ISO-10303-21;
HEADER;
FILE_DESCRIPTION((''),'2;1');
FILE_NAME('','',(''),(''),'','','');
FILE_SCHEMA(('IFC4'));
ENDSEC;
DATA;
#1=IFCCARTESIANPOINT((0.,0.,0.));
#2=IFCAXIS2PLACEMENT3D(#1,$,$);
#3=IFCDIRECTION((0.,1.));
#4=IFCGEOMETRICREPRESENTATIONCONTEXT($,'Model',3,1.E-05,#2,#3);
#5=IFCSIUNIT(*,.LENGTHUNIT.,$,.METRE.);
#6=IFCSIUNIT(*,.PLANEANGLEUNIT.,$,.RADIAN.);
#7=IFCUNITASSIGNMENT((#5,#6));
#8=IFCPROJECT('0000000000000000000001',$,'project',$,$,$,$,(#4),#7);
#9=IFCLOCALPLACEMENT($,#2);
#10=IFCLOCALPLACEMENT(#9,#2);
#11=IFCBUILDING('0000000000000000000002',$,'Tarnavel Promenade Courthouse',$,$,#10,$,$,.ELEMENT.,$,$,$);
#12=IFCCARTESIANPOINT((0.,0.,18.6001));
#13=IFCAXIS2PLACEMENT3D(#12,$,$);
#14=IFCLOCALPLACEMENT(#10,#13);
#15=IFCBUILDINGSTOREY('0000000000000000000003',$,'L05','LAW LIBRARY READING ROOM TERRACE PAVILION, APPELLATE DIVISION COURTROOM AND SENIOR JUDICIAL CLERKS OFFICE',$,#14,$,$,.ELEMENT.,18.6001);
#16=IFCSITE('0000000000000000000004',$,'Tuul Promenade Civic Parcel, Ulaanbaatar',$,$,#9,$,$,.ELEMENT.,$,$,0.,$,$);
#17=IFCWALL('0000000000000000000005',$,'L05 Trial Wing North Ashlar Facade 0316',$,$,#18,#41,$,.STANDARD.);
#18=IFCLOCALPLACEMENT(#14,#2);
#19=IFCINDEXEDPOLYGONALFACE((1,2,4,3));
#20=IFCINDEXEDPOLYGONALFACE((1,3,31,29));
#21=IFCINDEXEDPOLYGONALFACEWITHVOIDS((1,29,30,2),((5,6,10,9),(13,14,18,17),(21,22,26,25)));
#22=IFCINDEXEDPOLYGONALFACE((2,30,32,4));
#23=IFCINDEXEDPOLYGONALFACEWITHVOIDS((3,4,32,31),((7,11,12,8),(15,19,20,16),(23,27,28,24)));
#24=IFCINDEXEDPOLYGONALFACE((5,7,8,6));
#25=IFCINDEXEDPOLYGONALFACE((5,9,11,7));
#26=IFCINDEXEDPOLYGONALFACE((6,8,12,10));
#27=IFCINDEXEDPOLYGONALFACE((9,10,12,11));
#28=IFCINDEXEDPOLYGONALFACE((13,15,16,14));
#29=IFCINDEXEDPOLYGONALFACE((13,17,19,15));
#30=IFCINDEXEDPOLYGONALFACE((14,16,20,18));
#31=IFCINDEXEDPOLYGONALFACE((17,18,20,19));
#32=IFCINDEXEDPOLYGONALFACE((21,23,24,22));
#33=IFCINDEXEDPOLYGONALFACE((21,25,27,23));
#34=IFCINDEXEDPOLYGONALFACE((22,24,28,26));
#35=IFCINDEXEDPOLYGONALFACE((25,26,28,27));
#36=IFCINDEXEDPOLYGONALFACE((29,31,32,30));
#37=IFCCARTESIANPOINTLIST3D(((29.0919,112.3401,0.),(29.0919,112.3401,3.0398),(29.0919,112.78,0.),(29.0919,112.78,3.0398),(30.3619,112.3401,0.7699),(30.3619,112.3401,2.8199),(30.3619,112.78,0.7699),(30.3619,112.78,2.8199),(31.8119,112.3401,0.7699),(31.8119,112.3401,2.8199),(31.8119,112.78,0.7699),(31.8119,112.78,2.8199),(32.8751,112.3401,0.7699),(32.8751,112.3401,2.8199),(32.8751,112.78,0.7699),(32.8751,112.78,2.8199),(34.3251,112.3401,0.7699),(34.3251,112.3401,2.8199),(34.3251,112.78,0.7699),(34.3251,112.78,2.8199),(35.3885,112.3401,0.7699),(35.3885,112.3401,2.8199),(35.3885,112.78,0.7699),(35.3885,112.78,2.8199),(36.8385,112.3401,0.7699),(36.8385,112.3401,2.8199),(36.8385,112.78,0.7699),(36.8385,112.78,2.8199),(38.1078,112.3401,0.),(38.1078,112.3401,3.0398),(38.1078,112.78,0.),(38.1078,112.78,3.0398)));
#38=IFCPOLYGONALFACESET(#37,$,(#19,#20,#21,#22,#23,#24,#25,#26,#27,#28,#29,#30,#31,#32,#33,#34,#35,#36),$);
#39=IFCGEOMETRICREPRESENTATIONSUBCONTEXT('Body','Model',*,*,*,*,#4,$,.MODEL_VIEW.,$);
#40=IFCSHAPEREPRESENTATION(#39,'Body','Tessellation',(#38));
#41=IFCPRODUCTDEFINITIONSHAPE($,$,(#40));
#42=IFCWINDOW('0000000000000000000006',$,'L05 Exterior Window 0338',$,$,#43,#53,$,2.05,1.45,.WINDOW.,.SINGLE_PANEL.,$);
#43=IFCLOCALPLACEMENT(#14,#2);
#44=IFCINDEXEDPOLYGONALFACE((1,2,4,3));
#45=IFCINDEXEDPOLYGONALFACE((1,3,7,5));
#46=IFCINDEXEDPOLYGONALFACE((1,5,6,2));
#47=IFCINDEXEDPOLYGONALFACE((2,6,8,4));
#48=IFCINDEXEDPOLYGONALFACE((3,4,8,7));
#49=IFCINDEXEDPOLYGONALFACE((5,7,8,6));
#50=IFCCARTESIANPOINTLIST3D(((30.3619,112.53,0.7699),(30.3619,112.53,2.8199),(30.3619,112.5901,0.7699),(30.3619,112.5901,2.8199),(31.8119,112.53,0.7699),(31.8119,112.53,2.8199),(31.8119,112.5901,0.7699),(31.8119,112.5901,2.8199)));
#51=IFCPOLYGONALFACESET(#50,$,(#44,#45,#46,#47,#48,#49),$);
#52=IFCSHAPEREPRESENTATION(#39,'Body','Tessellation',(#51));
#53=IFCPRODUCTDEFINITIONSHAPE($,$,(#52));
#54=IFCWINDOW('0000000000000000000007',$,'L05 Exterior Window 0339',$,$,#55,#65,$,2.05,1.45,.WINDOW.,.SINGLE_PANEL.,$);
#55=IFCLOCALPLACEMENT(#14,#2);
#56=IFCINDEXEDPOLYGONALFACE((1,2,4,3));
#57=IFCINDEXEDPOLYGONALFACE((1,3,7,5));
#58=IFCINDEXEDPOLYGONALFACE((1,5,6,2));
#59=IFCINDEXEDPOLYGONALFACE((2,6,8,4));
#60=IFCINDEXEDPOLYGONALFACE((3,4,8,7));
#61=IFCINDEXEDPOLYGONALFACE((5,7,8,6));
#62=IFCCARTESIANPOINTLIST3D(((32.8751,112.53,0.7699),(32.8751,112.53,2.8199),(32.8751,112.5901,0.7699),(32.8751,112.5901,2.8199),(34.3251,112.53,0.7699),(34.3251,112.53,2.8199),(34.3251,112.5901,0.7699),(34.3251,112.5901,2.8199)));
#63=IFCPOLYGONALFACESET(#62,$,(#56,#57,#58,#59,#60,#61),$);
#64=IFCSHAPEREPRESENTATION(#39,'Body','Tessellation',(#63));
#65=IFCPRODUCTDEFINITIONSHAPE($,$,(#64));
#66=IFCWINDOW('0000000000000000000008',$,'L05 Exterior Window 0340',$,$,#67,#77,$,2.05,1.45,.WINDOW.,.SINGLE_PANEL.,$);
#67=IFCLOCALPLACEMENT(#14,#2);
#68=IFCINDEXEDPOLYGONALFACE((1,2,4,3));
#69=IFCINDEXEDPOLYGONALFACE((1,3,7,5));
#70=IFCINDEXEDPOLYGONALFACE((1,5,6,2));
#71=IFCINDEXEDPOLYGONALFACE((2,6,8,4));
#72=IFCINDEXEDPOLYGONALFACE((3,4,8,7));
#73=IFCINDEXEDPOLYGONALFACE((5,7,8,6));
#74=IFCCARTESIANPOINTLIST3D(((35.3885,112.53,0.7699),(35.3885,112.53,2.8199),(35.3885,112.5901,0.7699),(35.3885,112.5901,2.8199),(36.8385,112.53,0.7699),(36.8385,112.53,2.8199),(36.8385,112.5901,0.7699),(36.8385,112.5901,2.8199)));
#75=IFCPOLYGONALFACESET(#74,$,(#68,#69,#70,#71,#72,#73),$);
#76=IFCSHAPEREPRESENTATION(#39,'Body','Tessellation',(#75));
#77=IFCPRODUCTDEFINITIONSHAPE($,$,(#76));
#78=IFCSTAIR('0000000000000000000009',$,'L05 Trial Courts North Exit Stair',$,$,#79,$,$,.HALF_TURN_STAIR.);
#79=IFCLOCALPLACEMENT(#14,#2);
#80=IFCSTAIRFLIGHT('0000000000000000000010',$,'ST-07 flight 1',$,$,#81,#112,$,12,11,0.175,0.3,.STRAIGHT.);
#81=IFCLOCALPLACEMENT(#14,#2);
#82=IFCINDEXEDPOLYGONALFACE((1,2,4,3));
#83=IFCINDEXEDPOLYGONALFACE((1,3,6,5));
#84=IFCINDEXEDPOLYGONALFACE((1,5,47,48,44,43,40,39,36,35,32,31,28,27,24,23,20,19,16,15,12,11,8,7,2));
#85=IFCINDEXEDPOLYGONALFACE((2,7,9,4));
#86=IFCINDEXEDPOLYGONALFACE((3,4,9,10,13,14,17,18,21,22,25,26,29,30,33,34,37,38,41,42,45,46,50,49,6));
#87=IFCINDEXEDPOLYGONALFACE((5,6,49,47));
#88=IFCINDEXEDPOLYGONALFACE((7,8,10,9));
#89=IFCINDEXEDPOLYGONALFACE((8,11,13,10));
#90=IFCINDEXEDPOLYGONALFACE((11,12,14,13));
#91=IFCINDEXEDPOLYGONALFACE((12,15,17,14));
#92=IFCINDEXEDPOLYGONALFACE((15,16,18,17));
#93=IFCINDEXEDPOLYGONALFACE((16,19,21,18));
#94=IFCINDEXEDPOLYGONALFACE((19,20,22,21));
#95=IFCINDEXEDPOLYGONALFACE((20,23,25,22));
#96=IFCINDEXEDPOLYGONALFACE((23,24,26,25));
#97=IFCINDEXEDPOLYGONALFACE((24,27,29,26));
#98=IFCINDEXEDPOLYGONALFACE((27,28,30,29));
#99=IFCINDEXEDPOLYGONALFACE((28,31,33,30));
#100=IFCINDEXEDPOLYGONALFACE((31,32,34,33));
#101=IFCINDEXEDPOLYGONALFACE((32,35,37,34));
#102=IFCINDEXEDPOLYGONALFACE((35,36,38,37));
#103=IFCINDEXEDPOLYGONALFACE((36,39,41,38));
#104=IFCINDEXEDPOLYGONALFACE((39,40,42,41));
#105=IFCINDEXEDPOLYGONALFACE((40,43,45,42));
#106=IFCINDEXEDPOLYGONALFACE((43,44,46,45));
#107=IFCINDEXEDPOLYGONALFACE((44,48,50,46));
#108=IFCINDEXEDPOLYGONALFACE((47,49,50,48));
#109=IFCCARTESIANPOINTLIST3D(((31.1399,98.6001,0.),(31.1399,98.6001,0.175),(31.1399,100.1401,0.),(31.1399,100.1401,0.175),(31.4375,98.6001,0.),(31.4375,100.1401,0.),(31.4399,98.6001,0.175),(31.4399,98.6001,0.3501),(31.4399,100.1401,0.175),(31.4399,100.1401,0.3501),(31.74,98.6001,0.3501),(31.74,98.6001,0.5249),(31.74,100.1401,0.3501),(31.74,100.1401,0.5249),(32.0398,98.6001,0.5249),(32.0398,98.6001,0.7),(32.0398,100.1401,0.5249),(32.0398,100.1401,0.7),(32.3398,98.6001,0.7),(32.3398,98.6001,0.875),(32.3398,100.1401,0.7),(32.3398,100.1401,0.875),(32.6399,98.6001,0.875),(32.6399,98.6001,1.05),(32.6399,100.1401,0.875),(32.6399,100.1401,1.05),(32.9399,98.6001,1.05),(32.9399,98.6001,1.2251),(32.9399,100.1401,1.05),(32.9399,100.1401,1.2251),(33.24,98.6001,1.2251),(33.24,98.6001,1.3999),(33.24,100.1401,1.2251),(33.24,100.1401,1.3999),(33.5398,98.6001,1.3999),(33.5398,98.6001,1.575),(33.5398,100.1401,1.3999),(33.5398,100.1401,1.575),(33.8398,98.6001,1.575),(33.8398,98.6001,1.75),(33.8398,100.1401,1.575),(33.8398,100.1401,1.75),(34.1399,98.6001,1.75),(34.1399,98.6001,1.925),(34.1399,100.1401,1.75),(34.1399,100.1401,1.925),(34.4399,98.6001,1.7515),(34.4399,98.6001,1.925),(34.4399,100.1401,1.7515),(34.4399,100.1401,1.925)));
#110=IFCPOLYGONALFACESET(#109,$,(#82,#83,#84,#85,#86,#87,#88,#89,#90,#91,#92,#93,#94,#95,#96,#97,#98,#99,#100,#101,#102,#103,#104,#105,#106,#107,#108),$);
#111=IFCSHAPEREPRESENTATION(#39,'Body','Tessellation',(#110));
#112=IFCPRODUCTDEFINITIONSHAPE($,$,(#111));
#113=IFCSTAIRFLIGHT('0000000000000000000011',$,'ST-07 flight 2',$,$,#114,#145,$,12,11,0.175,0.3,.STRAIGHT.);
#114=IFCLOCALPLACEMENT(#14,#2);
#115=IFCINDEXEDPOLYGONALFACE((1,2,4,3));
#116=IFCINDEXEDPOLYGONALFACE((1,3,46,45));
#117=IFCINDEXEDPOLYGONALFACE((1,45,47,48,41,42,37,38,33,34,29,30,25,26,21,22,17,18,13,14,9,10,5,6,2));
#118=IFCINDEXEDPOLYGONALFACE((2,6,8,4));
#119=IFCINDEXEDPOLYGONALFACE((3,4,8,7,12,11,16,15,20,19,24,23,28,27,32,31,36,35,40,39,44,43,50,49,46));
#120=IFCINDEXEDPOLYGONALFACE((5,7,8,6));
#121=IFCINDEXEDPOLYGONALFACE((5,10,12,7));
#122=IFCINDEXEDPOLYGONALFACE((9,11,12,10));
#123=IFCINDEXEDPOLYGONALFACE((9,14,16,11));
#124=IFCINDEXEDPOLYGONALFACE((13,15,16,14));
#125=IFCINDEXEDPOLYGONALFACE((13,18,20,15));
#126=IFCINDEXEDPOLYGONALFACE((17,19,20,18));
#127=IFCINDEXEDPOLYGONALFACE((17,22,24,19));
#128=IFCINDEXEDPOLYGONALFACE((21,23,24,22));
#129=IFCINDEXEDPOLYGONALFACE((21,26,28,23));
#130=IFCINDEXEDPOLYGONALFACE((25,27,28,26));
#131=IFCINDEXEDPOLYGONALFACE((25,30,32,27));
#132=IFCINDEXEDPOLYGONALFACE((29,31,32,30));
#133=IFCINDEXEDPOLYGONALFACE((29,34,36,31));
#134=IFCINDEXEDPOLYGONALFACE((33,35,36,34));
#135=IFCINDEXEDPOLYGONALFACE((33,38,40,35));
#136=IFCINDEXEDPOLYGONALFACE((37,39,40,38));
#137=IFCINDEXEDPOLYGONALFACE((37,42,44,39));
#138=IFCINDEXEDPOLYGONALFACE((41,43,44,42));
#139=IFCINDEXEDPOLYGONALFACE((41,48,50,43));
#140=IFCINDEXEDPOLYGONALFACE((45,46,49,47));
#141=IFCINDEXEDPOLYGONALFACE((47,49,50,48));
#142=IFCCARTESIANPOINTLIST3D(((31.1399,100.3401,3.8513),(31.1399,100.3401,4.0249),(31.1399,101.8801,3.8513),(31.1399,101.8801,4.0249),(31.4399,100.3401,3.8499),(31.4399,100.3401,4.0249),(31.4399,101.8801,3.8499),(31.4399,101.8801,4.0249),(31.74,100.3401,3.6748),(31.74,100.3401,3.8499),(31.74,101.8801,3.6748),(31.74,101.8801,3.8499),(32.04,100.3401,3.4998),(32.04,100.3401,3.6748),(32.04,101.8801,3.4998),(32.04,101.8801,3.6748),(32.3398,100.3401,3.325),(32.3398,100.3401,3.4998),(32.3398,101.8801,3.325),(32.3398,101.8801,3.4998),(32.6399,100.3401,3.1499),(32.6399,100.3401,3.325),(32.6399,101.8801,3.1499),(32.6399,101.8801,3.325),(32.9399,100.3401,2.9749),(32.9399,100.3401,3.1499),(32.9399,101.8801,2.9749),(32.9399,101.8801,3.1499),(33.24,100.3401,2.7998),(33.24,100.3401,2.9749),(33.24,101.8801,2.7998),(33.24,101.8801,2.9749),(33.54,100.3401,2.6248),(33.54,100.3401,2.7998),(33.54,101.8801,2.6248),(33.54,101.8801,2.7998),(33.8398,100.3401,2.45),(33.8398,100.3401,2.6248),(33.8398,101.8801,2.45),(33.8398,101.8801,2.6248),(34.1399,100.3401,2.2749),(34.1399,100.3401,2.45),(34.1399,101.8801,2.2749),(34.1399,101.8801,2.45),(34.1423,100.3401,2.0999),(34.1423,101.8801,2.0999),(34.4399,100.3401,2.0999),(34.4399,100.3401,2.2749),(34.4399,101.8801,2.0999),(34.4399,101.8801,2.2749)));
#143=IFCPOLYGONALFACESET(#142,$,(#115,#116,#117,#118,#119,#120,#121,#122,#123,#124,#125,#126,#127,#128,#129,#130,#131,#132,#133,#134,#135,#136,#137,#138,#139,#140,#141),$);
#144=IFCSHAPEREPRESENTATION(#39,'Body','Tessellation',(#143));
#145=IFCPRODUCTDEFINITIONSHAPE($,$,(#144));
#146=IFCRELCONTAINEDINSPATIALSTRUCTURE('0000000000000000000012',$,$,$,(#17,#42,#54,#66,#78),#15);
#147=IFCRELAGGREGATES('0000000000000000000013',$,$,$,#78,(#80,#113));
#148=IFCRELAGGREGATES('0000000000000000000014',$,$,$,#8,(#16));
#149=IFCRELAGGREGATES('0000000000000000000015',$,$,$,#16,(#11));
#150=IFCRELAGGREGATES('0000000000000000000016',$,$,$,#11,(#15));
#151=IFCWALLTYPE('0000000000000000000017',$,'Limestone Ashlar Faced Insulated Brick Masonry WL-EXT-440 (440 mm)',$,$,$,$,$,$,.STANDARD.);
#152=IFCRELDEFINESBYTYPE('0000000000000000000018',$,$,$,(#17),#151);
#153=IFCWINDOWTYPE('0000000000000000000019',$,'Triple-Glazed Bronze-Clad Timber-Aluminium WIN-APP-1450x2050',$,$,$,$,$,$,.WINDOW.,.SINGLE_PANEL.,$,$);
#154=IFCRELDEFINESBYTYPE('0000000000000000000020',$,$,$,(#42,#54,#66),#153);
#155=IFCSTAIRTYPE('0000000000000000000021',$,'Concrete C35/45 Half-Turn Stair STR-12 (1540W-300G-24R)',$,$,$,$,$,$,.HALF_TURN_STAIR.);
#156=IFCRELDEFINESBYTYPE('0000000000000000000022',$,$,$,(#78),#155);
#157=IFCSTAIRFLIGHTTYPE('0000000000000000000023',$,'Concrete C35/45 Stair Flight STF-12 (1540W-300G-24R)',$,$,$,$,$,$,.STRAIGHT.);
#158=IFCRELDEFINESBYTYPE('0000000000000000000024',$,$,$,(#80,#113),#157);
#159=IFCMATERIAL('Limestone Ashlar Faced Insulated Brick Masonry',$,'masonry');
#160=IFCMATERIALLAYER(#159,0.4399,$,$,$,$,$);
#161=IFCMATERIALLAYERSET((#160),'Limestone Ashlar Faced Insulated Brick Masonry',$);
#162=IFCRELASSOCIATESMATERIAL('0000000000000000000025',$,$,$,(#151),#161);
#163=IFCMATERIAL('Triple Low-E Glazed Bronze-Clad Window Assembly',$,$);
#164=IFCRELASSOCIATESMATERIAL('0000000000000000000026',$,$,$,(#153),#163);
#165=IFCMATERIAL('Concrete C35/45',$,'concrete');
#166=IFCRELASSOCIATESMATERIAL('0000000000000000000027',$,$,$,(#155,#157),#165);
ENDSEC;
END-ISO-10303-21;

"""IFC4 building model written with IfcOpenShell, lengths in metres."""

from ifc_helpers import new_model, si_unit, direction, frame, frame_2d, origin, place, context, subcontext, project, spatial, polyline, rectangle, outline, extrude, material, layer, layer_set, type_object, element, fill, aggregate, save


model = new_model("IFC4")

# Units and contexts
model_context = context("Model", 3, precision=1e-05, world=origin(), true_north=direction((0.0, 1.0)))
body_context = subcontext(model_context, "Body", "Model", "MODEL_VIEW")
ifc_project = project(units=[si_unit("LENGTHUNIT", "METRE"), si_unit("PLANEANGLEUNIT", "RADIAN")], contexts=[model_context])

# Site, building, storey
site_placement = place(None, origin())
site = spatial("IfcSite", under=ifc_project, at=site_placement, Name="Tuul Promenade Civic Parcel, Ulaanbaatar", CompositionType="ELEMENT", RefElevation=0.0)
building_placement = place(site_placement, origin())
building = spatial("IfcBuilding", under=site, at=building_placement, Name="Tarnavel Promenade Courthouse", CompositionType="ELEMENT")
storey_placement = place(building_placement, frame((0.0, 0.0, 18.6001)))
storey = spatial("IfcBuildingStorey", under=building, at=storey_placement, Name="L05", Description="LAW LIBRARY READING ROOM TERRACE PAVILION, APPELLATE DIVISION COURTROOM AND SENIOR JUDICIAL CLERKS OFFICE", CompositionType="ELEMENT", Elevation=18.6001)

# Wall, openings, windows
ifc_material_1 = material(Name="Limestone Ashlar Faced Insulated Brick Masonry", Category="masonry")
ifc_layer_1 = layer(ifc_material_1, 0.4399)
ifc_layer_set_1 = layer_set([ifc_layer_1], Name="Limestone Ashlar Faced Insulated Brick Masonry")
wall_type_1 = type_object("IfcWallType", Name="Limestone Ashlar Faced Insulated Brick Masonry WL-EXT-440 (440 mm)", PredefinedType="STANDARD", material=ifc_layer_set_1)
ifc_material_2 = material(Name="Triple Low-E Glazed Bronze-Clad Window Assembly")
window_type = type_object("IfcWindowType", Name="Triple-Glazed Bronze-Clad Timber-Aluminium WIN-APP-1450x2050", PartitioningType="SINGLE_PANEL", PredefinedType="WINDOW", material=ifc_material_2)
wall_1_placement = place(storey_placement, frame((29.092, 112.5601, 0.0), z_axis=(0.0, 0.0, 1.0), x_axis=(1.0, 0.0, 0.0)))
wall_1 = element("IfcWall", 1, at=wall_1_placement, inside=storey, type_object=wall_type_1, Name="L05 Trial Wing North Ashlar Facade 0316", PredefinedType="STANDARD", context=body_context, shape_type="SweptSolid", body=[
    extrude(rectangle(XDim=9.0159, YDim=0.4399, at=frame_2d((4.5078, 0.0))), origin(), (0.0, 0.0, 1.0), 3.0398),
])
opening_1_placement = place(wall_1_placement, frame((1.2698, 0.0, 0.77)))
opening_1 = element("IfcOpeningElement", 2, at=opening_1_placement, cuts=wall_1, PredefinedType="OPENING", context=body_context, shape_type="SweptSolid", body=[
    extrude(rectangle(XDim=1.45, YDim=2.05, at=frame_2d((0.7251, 1.0249))), frame((0.0, 0.23, 0.0), z_axis=(0.0, -1.0, 0.0), x_axis=(1.0, 0.0, 0.0)), (0.0, 0.0, 1.0), 0.46),
])
opening_2_placement = place(wall_1_placement, frame((3.783, 0.0, 0.77)))
opening_2 = element("IfcOpeningElement", 3, at=opening_2_placement, cuts=wall_1, PredefinedType="OPENING", context=body_context, shape_type="SweptSolid", body=[
    extrude(rectangle(XDim=1.45, YDim=2.05, at=frame_2d((0.7251, 1.0249))), frame((0.0, 0.23, 0.0), z_axis=(0.0, -1.0, 0.0), x_axis=(1.0, 0.0, 0.0)), (0.0, 0.0, 1.0), 0.46),
])
opening_3_placement = place(wall_1_placement, frame((6.2964, 0.0, 0.77)))
opening_3 = element("IfcOpeningElement", 4, at=opening_3_placement, cuts=wall_1, PredefinedType="OPENING", context=body_context, shape_type="SweptSolid", body=[
    extrude(rectangle(XDim=1.45, YDim=2.05, at=frame_2d((0.7251, 1.0249))), frame((0.0, 0.23, 0.0), z_axis=(0.0, -1.0, 0.0), x_axis=(1.0, 0.0, 0.0)), (0.0, 0.0, 1.0), 0.46),
])
window_1_placement = place(opening_1_placement, origin())
window_1 = element("IfcWindow", 5, at=window_1_placement, inside=storey, type_object=window_type, Name="L05 Exterior Window 0338", OverallHeight=2.05, OverallWidth=1.45, PartitioningType="SINGLE_PANEL", PredefinedType="WINDOW", context=body_context, shape_type="SweptSolid", body=[
    extrude(rectangle(XDim=1.45, YDim=2.05, at=frame_2d((0.7251, 1.0249))), frame((0.0, 0.03, 0.0), z_axis=(0.0, -1.0, 0.0), x_axis=(1.0, 0.0, 0.0)), (0.0, 0.0, 1.0), 0.0601),
])
fill(opening_1, window_1)
window_2_placement = place(opening_2_placement, origin())
window_2 = element("IfcWindow", 6, at=window_2_placement, inside=storey, type_object=window_type, Name="L05 Exterior Window 0339", OverallHeight=2.05, OverallWidth=1.45, PartitioningType="SINGLE_PANEL", PredefinedType="WINDOW", context=body_context, shape_type="SweptSolid", body=[
    extrude(rectangle(XDim=1.45, YDim=2.05, at=frame_2d((0.7251, 1.0249))), frame((0.0, 0.03, 0.0), z_axis=(0.0, -1.0, 0.0), x_axis=(1.0, 0.0, 0.0)), (0.0, 0.0, 1.0), 0.0601),
])
fill(opening_2, window_2)
window_3_placement = place(opening_3_placement, origin())
window_3 = element("IfcWindow", 7, at=window_3_placement, inside=storey, type_object=window_type, Name="L05 Exterior Window 0340", OverallHeight=2.05, OverallWidth=1.45, PartitioningType="SINGLE_PANEL", PredefinedType="WINDOW", context=body_context, shape_type="SweptSolid", body=[
    extrude(rectangle(XDim=1.45, YDim=2.05, at=frame_2d((0.7251, 1.0249))), frame((0.0, 0.03, 0.0), z_axis=(0.0, -1.0, 0.0), x_axis=(1.0, 0.0, 0.0)), (0.0, 0.0, 1.0), 0.0601),
])
fill(opening_3, window_3)

# Stair, stair flights
ifc_material_3 = material(Name="Concrete C35/45", Category="concrete")
stair_type = type_object("IfcStairType", Name="Concrete C35/45 Half-Turn Stair STR-12 (1540W-300G-24R)", PredefinedType="HALF_TURN_STAIR", material=ifc_material_3)
stair_placement = place(storey_placement, origin())
stair = element("IfcStair", 8, at=stair_placement, inside=storey, type_object=stair_type, Name="L05 Trial Courts North Exit Stair", PredefinedType="HALF_TURN_STAIR")
stair_flight_type = type_object("IfcStairFlightType", Name="Concrete C35/45 Stair Flight STF-12 (1540W-300G-24R)", PredefinedType="STRAIGHT", material=ifc_material_3)
stair_flight_1_placement = place(storey_placement, frame((31.1399, 99.3701, 0.0), z_axis=(0.0, 0.0, 1.0), x_axis=(1.0, 0.0, 0.0)))
stair_flight_1 = element("IfcStairFlight", 9, at=stair_flight_1_placement, type_object=stair_flight_type, Name="ST-07 flight 1", NumberOfRisers=12, NumberOfTreads=11, PredefinedType="STRAIGHT", RiserHeight=0.175, TreadLength=0.3, context=body_context, shape_type="SweptSolid", body=[
    extrude(outline(polyline([(0.0, 0.0), (0.0, 0.175), (0.3, 0.175), (0.3, 0.3501), (0.6001, 0.3501), (0.6001, 0.5249), (0.8999, 0.5249), (0.8999, 0.7), (1.2, 0.7), (1.2, 0.875), (1.5, 0.875), (1.5, 1.05), (1.8, 1.05), (1.8, 1.2251), (2.1001, 1.2251), (2.1001, 1.3999), (2.3999, 1.3999), (2.3999, 1.575), (2.7, 1.575), (2.7, 1.75), (3.0, 1.75), (3.0, 1.925), (3.3, 1.925), (3.3, 2.1001), (3.3, 1.7515), (0.2976, 0.0), (0.0, 0.0)])), frame((0.0, 0.77, 0.0), z_axis=(0.0, -1.0, 0.0), x_axis=(1.0, 0.0, 0.0)), (0.0, 0.0, 1.0), 1.54),
])
stair_flight_2_placement = place(storey_placement, frame((34.4399, 101.1101, 2.0999), z_axis=(0.0, 0.0, 1.0), x_axis=(-1.0, 0.0, 0.0)))
stair_flight_2 = element("IfcStairFlight", 10, at=stair_flight_2_placement, type_object=stair_flight_type, Name="ST-07 flight 2", NumberOfRisers=12, NumberOfTreads=11, PredefinedType="STRAIGHT", RiserHeight=0.175, TreadLength=0.3, context=body_context, shape_type="SweptSolid", body=[
    extrude(outline(polyline([(0.0, 0.0), (0.0, 0.175), (0.3, 0.175), (0.3, 0.3501), (0.6001, 0.3501), (0.6001, 0.5249), (0.8999, 0.5249), (0.8999, 0.7), (1.2, 0.7), (1.2, 0.875), (1.5, 0.875), (1.5, 1.05), (1.8, 1.05), (1.8, 1.2251), (2.1001, 1.2251), (2.1001, 1.3999), (2.3999, 1.3999), (2.3999, 1.575), (2.7, 1.575), (2.7, 1.75), (3.0, 1.75), (3.0, 1.925), (3.3, 1.925), (3.3, 2.1001), (3.3, 1.7515), (0.2976, 0.0), (0.0, 0.0)])), frame((0.0, 0.77, 0.0), z_axis=(0.0, -1.0, 0.0), x_axis=(1.0, 0.0, 0.0)), (0.0, 0.0, 1.0), 1.54),
])
aggregate(stair, [stair_flight_1, stair_flight_2])

save(model, "model.ifc")
